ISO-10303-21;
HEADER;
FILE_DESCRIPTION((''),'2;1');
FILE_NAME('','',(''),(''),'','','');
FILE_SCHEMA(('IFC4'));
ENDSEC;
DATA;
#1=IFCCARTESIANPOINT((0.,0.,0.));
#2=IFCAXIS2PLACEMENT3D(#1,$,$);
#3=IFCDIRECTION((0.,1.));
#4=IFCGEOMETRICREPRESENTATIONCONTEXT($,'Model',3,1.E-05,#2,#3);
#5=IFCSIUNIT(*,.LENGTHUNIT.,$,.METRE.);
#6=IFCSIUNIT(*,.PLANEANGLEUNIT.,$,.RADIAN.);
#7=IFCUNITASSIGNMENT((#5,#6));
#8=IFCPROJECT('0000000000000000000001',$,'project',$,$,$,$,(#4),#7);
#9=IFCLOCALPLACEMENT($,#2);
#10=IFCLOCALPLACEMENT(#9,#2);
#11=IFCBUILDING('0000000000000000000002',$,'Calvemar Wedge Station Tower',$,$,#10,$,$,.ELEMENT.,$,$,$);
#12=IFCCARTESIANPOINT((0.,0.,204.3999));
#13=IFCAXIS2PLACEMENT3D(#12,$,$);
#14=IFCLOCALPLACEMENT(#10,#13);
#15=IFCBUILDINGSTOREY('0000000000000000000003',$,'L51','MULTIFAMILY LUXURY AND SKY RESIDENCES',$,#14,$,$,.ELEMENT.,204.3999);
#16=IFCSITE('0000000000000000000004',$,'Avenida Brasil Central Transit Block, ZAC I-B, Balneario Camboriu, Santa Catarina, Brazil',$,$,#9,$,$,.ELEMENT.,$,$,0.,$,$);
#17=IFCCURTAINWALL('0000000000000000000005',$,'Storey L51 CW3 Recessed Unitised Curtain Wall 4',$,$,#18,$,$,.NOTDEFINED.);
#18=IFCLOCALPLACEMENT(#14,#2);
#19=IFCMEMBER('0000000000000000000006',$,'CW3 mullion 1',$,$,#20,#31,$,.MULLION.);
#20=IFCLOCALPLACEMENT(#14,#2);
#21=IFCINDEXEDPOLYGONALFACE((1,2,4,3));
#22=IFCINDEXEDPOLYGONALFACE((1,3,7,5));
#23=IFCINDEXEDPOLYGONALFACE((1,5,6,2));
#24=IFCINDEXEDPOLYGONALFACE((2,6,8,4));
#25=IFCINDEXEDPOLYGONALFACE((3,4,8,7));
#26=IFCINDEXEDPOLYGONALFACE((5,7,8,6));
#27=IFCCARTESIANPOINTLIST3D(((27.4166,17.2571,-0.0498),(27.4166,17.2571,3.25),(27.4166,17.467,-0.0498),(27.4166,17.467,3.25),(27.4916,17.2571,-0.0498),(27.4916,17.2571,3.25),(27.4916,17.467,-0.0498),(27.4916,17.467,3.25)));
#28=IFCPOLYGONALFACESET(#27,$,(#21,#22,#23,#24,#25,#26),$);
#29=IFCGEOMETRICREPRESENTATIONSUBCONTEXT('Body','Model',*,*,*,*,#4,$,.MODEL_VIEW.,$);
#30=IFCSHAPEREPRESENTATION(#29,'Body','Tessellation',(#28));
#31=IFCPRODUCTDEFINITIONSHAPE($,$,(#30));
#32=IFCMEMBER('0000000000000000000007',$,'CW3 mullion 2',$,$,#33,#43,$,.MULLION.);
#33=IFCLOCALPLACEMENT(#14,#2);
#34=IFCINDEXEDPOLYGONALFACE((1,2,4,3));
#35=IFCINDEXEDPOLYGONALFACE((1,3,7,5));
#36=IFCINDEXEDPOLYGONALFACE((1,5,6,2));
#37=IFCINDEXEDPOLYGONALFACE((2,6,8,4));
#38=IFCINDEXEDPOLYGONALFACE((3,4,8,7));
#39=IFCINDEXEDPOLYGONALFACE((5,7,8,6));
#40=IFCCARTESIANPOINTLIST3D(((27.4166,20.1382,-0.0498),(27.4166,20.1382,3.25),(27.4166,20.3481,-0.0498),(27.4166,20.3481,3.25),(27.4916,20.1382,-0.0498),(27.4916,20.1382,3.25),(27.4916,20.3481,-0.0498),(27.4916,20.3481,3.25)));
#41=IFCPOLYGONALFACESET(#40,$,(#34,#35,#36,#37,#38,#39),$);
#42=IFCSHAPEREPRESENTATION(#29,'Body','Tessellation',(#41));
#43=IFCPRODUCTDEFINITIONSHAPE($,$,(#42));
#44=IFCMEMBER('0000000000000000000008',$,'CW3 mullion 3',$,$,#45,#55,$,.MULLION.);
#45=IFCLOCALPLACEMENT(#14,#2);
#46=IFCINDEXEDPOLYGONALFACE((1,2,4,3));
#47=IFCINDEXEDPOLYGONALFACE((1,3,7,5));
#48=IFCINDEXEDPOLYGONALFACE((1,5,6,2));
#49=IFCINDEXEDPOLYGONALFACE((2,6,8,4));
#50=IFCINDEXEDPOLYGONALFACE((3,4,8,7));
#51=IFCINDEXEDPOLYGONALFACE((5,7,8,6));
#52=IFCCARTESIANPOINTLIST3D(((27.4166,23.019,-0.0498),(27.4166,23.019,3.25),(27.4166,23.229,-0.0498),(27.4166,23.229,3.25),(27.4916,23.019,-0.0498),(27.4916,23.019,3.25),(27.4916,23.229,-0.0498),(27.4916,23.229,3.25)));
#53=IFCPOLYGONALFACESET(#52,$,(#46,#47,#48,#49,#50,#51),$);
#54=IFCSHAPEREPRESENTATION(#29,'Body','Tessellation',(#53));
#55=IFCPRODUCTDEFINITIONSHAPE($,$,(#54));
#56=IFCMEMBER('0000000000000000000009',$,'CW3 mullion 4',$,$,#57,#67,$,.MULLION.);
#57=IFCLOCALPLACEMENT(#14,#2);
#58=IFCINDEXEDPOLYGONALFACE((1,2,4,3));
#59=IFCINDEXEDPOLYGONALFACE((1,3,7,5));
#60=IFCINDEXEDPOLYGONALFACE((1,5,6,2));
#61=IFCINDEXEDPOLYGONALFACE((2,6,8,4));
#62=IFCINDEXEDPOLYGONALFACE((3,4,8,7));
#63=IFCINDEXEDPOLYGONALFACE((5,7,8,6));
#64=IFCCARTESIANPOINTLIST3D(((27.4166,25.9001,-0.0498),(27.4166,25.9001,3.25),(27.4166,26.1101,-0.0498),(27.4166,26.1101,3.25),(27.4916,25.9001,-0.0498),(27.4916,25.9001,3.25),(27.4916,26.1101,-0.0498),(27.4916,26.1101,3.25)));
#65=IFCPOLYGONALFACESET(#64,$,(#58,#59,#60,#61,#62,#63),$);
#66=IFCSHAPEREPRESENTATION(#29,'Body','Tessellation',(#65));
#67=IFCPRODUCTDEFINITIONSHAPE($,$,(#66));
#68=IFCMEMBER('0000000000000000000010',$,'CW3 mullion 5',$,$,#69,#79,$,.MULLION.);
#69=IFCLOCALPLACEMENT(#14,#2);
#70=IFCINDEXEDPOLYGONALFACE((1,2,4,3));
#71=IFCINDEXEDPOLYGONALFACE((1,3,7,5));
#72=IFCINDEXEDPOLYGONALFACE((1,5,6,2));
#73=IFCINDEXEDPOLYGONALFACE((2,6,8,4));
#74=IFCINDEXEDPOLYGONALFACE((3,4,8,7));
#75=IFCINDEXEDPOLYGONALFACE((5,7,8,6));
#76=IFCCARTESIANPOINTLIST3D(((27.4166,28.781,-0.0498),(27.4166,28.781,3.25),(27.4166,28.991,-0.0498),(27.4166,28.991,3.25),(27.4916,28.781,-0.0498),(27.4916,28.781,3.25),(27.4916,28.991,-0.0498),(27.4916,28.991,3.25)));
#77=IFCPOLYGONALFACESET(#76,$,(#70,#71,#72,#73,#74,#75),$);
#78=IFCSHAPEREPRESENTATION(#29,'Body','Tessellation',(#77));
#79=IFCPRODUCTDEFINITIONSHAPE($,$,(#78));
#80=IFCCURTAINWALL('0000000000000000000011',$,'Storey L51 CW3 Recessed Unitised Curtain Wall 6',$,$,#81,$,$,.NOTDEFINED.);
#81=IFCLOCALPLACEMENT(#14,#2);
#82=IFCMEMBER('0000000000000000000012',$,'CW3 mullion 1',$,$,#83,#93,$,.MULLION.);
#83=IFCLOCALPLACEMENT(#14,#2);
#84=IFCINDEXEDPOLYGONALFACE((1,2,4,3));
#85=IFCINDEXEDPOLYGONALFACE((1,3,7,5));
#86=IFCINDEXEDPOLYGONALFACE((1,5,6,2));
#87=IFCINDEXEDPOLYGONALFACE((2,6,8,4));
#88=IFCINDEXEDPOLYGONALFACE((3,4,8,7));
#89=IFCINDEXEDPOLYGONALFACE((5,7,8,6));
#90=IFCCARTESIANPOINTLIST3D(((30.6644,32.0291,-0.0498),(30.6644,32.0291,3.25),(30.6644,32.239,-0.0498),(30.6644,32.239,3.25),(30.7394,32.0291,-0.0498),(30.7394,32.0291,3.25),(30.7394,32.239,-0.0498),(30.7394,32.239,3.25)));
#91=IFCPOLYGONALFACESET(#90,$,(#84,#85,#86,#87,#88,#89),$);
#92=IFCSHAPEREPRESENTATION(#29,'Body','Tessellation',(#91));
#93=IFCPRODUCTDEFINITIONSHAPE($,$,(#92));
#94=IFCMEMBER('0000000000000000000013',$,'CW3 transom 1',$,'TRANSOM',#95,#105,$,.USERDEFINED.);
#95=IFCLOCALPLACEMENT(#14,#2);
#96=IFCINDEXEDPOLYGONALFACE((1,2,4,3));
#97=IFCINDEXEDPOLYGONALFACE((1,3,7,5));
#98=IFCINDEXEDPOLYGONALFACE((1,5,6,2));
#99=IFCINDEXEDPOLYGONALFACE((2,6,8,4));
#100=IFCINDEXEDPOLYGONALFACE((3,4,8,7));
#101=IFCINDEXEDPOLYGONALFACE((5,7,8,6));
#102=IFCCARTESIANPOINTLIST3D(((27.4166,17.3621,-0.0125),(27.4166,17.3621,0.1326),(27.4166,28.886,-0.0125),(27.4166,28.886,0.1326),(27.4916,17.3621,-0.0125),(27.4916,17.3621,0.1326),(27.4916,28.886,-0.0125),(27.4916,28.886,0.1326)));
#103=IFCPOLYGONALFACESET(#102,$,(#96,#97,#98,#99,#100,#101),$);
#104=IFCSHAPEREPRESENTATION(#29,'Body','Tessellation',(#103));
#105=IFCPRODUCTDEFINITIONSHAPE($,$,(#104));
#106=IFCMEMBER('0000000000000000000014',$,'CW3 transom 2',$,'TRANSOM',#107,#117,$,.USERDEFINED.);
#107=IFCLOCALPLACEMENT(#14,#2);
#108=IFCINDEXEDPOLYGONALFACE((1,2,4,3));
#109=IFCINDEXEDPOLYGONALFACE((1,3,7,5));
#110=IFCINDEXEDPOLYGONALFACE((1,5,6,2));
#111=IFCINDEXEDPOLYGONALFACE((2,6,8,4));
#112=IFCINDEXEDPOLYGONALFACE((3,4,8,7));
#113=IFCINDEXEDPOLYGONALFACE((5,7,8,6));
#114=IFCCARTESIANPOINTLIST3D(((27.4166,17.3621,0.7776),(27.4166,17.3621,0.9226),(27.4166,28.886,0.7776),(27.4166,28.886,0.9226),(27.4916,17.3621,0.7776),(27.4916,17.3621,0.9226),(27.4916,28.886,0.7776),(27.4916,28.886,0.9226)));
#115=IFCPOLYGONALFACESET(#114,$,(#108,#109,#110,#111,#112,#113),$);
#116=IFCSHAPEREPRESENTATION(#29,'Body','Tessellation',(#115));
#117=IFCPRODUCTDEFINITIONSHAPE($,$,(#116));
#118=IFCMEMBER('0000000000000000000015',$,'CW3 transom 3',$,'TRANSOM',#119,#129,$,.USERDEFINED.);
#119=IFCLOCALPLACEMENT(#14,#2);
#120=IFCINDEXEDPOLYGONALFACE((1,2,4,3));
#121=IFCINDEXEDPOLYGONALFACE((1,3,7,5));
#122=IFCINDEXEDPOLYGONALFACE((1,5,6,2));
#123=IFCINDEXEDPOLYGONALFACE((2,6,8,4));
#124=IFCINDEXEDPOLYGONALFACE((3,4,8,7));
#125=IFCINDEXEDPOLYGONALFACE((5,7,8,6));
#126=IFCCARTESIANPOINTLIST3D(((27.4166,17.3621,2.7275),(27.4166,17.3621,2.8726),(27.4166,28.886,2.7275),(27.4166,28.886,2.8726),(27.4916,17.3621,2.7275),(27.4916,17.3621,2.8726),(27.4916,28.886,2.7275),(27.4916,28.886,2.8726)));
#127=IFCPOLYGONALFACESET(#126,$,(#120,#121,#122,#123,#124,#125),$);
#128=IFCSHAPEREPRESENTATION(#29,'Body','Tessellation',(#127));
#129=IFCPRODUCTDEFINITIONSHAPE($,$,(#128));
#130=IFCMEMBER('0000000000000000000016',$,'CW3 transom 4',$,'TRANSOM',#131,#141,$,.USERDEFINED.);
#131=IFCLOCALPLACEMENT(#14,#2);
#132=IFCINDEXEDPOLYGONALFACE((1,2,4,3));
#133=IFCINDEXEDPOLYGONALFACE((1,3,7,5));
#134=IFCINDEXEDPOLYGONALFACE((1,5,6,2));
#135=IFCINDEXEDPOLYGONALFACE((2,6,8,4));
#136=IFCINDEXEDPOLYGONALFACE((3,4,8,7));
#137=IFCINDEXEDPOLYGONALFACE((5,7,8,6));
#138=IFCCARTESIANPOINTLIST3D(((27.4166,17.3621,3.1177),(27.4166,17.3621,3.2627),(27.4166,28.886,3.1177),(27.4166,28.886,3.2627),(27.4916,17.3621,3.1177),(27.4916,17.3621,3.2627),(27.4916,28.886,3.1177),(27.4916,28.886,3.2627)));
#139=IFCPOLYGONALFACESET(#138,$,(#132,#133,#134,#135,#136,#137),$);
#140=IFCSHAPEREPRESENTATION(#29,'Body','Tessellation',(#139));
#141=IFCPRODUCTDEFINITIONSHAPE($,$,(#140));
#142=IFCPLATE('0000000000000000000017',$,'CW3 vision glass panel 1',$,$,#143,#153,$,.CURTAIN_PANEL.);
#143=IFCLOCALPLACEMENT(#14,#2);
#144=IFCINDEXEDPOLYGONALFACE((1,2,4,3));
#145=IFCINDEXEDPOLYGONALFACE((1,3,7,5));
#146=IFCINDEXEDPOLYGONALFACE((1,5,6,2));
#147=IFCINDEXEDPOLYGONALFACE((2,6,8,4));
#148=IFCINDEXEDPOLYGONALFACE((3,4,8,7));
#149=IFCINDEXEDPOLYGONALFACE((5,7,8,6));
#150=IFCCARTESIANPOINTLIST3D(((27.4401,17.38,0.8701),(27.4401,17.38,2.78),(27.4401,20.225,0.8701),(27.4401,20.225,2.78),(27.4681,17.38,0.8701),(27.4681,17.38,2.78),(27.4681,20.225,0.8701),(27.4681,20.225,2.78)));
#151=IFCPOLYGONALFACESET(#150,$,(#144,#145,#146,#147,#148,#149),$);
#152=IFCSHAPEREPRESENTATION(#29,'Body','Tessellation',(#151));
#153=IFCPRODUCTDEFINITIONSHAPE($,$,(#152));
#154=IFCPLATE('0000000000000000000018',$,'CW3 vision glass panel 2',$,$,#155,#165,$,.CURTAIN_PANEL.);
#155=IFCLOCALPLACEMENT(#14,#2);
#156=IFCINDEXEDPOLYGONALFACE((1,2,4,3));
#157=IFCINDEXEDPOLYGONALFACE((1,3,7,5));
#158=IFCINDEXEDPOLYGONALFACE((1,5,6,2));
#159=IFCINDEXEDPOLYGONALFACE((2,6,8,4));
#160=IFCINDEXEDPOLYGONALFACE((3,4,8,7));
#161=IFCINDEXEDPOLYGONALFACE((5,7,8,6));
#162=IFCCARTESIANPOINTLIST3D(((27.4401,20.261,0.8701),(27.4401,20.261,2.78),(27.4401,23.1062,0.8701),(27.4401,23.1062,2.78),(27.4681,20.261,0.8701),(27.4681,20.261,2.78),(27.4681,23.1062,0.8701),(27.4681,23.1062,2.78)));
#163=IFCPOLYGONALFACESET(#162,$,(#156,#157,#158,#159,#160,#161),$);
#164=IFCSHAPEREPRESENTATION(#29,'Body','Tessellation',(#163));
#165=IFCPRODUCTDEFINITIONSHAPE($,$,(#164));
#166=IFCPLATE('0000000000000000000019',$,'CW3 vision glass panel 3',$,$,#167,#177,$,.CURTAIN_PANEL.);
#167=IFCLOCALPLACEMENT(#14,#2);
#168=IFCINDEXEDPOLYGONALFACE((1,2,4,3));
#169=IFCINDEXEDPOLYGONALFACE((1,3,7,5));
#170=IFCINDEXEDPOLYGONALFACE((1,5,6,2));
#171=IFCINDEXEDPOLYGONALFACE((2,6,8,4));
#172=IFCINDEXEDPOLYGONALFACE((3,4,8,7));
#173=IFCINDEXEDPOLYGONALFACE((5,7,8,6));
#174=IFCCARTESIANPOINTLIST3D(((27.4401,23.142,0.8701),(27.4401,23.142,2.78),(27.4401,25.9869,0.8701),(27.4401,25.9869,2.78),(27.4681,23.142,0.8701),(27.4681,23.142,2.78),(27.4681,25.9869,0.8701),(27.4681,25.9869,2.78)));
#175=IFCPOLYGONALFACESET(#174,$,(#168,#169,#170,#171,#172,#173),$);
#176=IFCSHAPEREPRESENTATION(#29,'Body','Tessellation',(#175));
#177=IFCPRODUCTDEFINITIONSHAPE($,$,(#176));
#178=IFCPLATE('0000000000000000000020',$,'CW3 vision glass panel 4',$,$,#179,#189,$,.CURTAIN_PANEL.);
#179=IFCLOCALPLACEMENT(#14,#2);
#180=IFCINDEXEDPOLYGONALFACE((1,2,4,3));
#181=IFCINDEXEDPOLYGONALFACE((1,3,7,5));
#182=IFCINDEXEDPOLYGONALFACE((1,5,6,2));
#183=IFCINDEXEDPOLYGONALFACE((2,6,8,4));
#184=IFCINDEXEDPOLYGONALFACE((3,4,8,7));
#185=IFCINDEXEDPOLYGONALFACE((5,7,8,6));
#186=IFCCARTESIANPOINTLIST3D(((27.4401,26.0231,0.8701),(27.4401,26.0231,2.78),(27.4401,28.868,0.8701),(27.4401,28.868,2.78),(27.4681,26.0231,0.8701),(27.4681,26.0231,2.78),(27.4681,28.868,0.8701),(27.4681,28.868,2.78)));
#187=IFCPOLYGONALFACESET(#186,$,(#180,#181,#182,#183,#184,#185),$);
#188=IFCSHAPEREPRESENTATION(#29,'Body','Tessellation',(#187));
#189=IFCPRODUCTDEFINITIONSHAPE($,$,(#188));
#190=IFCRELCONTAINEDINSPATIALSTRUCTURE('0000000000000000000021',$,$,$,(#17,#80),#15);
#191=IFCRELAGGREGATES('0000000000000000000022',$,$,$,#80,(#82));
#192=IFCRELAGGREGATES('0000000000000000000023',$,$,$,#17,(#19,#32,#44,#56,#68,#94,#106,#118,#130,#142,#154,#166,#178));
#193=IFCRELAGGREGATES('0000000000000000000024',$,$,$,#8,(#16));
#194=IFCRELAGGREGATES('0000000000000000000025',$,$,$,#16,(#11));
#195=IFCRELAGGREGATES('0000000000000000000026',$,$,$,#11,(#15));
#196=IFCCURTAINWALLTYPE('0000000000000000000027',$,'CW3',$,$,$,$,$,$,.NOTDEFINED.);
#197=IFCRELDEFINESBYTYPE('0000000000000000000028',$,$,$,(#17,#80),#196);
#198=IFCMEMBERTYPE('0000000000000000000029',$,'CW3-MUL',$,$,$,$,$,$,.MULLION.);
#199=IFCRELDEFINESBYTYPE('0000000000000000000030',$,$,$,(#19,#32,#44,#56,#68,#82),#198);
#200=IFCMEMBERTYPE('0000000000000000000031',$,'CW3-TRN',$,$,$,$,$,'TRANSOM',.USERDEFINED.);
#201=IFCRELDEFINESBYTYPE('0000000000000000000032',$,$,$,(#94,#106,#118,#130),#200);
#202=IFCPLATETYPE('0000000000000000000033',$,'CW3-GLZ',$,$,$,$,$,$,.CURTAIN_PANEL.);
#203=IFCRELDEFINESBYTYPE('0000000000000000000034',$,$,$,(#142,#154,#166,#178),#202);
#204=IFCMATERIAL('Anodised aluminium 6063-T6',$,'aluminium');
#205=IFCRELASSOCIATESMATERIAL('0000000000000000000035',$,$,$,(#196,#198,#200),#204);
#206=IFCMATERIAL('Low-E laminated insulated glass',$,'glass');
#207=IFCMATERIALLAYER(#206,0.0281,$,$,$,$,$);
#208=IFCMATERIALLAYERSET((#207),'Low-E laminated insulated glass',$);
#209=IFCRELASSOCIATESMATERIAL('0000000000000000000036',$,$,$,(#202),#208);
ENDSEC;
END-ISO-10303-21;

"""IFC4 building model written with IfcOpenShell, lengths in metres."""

from ifc_helpers import new_model, si_unit, direction, frame, frame_2d, origin, origin_2d, place, context, subcontext, project, spatial, rectangle, extrude, source, transform, mapped, material, layer, layer_set, material_profile, profile_set, type_object, element, aggregate, save


model = new_model("IFC4")

# Units and contexts
model_context = context("Model", 3, precision=1e-05, world=origin(), true_north=direction((0.0, 1.0)))
body_context = subcontext(model_context, "Body", "Model", "MODEL_VIEW")
ifc_project = project(units=[si_unit("LENGTHUNIT", "METRE"), si_unit("PLANEANGLEUNIT", "RADIAN")], contexts=[model_context])

# Site, building, storey
site_placement = place(None, origin())
site = spatial("IfcSite", under=ifc_project, at=site_placement, Name="Avenida Brasil Central Transit Block, ZAC I-B, Balneario Camboriu, Santa Catarina, Brazil", CompositionType="ELEMENT", RefElevation=0.0)
building_placement = place(site_placement, origin())
building = spatial("IfcBuilding", under=site, at=building_placement, Name="Calvemar Wedge Station Tower", CompositionType="ELEMENT")
storey_placement = place(building_placement, frame((0.0, 0.0, 204.3999)))
storey = spatial("IfcBuildingStorey", under=building, at=storey_placement, Name="L51", Description="MULTIFAMILY LUXURY AND SKY RESIDENCES", CompositionType="ELEMENT", Elevation=204.3999)

# Curtain wall, members
ifc_material_1 = material(Name="Anodised aluminium 6063-T6", Category="aluminium")
curtain_wall_type = type_object("IfcCurtainWallType", Name="CW3", PredefinedType="NOTDEFINED", material=ifc_material_1)
curtain_wall_1_placement = place(storey_placement, origin())
curtain_wall_1 = element("IfcCurtainWall", 1, at=curtain_wall_1_placement, inside=storey, type_object=curtain_wall_type, Name="Storey L51 CW3 Recessed Unitised Curtain Wall 4", PredefinedType="NOTDEFINED")
ifc_material_profile_1 = material_profile(ifc_material_1, rectangle(XDim=0.075, YDim=0.21, at=origin_2d()), Name="AL-MUL-75x210")
ifc_profile_set_1 = profile_set([ifc_material_profile_1], Name="Anodised aluminium 6063-T6")
member_type_1 = type_object("IfcMemberType", Name="CW3-MUL", PredefinedType="MULLION", material=ifc_profile_set_1)
shared_shape_1 = source(origin(), body_context, "Body", "SweptSolid", [
    extrude(rectangle(XDim=0.075, YDim=0.21, at=origin_2d()), origin(), (0.0, 0.0, 1.0), 3.2998),
])
member_1_placement = place(storey_placement, frame((27.4541, 17.3621, -0.0498), z_axis=(0.0, 0.0, 1.0), x_axis=(1.0, 0.0, 0.0)))
member_1 = element("IfcMember", 2, at=member_1_placement, type_object=member_type_1, Name="CW3 mullion 1", PredefinedType="MULLION", context=body_context, shape_type="MappedRepresentation", body=[
    mapped(shared_shape_1, transform((0.0, 0.0, 0.0), scale=1.0)),
])
member_2_placement = place(storey_placement, frame((27.4541, 20.2432, -0.0498), z_axis=(0.0, 0.0, 1.0), x_axis=(1.0, 0.0, 0.0)))
member_2 = element("IfcMember", 3, at=member_2_placement, type_object=member_type_1, Name="CW3 mullion 2", PredefinedType="MULLION", context=body_context, shape_type="MappedRepresentation", body=[
    mapped(shared_shape_1, transform((0.0, 0.0, 0.0), scale=1.0)),
])
member_3_placement = place(storey_placement, frame((27.4541, 23.124, -0.0498), z_axis=(0.0, 0.0, 1.0), x_axis=(1.0, 0.0, 0.0)))
member_3 = element("IfcMember", 4, at=member_3_placement, type_object=member_type_1, Name="CW3 mullion 3", PredefinedType="MULLION", context=body_context, shape_type="MappedRepresentation", body=[
    mapped(shared_shape_1, transform((0.0, 0.0, 0.0), scale=1.0)),
])
member_4_placement = place(storey_placement, frame((27.4541, 26.0051, -0.0498), z_axis=(0.0, 0.0, 1.0), x_axis=(1.0, 0.0, 0.0)))
member_4 = element("IfcMember", 5, at=member_4_placement, type_object=member_type_1, Name="CW3 mullion 4", PredefinedType="MULLION", context=body_context, shape_type="MappedRepresentation", body=[
    mapped(shared_shape_1, transform((0.0, 0.0, 0.0), scale=1.0)),
])
member_5_placement = place(storey_placement, frame((27.4541, 28.886, -0.0498), z_axis=(0.0, 0.0, 1.0), x_axis=(1.0, 0.0, 0.0)))
member_5 = element("IfcMember", 6, at=member_5_placement, type_object=member_type_1, Name="CW3 mullion 5", PredefinedType="MULLION", context=body_context, shape_type="MappedRepresentation", body=[
    mapped(shared_shape_1, transform((0.0, 0.0, 0.0), scale=1.0)),
])

# Curtain wall, member
curtain_wall_2_placement = place(storey_placement, origin())
curtain_wall_2 = element("IfcCurtainWall", 7, at=curtain_wall_2_placement, inside=storey, type_object=curtain_wall_type, Name="Storey L51 CW3 Recessed Unitised Curtain Wall 6", PredefinedType="NOTDEFINED")
member_6_placement = place(storey_placement, frame((30.7019, 32.134, -0.0498), z_axis=(0.0, 0.0, 1.0), x_axis=(1.0, 0.0, 0.0)))
member_6 = element("IfcMember", 8, at=member_6_placement, type_object=member_type_1, Name="CW3 mullion 1", PredefinedType="MULLION", context=body_context, shape_type="MappedRepresentation", body=[
    mapped(shared_shape_1, transform((0.0, 0.0, 0.0), scale=1.0)),
])
aggregate(curtain_wall_2, [member_6])

# Members
ifc_material_profile_2 = material_profile(ifc_material_1, rectangle(XDim=0.075, YDim=0.145, at=origin_2d()), Name="AL-TRN-75x145")
ifc_profile_set_2 = profile_set([ifc_material_profile_2], Name="Anodised aluminium 6063-T6")
member_type_2 = type_object("IfcMemberType", Name="CW3-TRN", ElementType="TRANSOM", PredefinedType="USERDEFINED", material=ifc_profile_set_2)
shared_shape_2 = source(origin(), body_context, "Body", "SweptSolid", [
    extrude(rectangle(XDim=0.075, YDim=0.145, at=origin_2d()), origin(), (0.0, 0.0, 1.0), 11.5239),
])
member_7_placement = place(storey_placement, frame((27.4541, 17.3621, 0.0601), z_axis=(0.0, 1.0, 0.0), x_axis=(-1.0, 0.0, 0.0)))
member_7 = element("IfcMember", 9, at=member_7_placement, type_object=member_type_2, Name="CW3 transom 1", ObjectType="TRANSOM", PredefinedType="USERDEFINED", context=body_context, shape_type="MappedRepresentation", body=[
    mapped(shared_shape_2, transform((0.0, 0.0, 0.0), scale=1.0)),
])
member_8_placement = place(storey_placement, frame((27.4541, 17.3621, 0.8501), z_axis=(0.0, 1.0, 0.0), x_axis=(-1.0, 0.0, 0.0)))
member_8 = element("IfcMember", 10, at=member_8_placement, type_object=member_type_2, Name="CW3 transom 2", ObjectType="TRANSOM", PredefinedType="USERDEFINED", context=body_context, shape_type="MappedRepresentation", body=[
    mapped(shared_shape_2, transform((0.0, 0.0, 0.0), scale=1.0)),
])
member_9_placement = place(storey_placement, frame((27.4541, 17.3621, 2.8), z_axis=(0.0, 1.0, 0.0), x_axis=(-1.0, 0.0, 0.0)))
member_9 = element("IfcMember", 11, at=member_9_placement, type_object=member_type_2, Name="CW3 transom 3", ObjectType="TRANSOM", PredefinedType="USERDEFINED", context=body_context, shape_type="MappedRepresentation", body=[
    mapped(shared_shape_2, transform((0.0, 0.0, 0.0), scale=1.0)),
])
member_10_placement = place(storey_placement, frame((27.4541, 17.3621, 3.1902), z_axis=(0.0, 1.0, 0.0), x_axis=(-1.0, 0.0, 0.0)))
member_10 = element("IfcMember", 12, at=member_10_placement, type_object=member_type_2, Name="CW3 transom 4", ObjectType="TRANSOM", PredefinedType="USERDEFINED", context=body_context, shape_type="MappedRepresentation", body=[
    mapped(shared_shape_2, transform((0.0, 0.0, 0.0), scale=1.0)),
])

# Plates
ifc_material_2 = material(Name="Low-E laminated insulated glass", Category="glass")
ifc_layer_1 = layer(ifc_material_2, 0.0281)
ifc_layer_set_1 = layer_set([ifc_layer_1], Name="Low-E laminated insulated glass")
plate_type_1 = type_object("IfcPlateType", Name="CW3-GLZ", PredefinedType="CURTAIN_PANEL", material=ifc_layer_set_1)
plate_1_placement = place(storey_placement, frame((27.4541, 17.3801, 0.8701), z_axis=(0.0, 0.0, 1.0), x_axis=(0.0, 1.0, 0.0)))
plate_1 = element("IfcPlate", 13, at=plate_1_placement, type_object=plate_type_1, Name="CW3 vision glass panel 1", PredefinedType="CURTAIN_PANEL", context=body_context, shape_type="SweptSolid", body=[
    extrude(rectangle(XDim=2.845, YDim=0.0281, at=frame_2d((1.4224, 0.0))), origin(), (0.0, 0.0, 1.0), 1.9099),
])
plate_2_placement = place(storey_placement, frame((27.4541, 20.261, 0.8701), z_axis=(0.0, 0.0, 1.0), x_axis=(0.0, 1.0, 0.0)))
plate_2 = element("IfcPlate", 14, at=plate_2_placement, type_object=plate_type_1, Name="CW3 vision glass panel 2", PredefinedType="CURTAIN_PANEL", context=body_context, shape_type="SweptSolid", body=[
    extrude(rectangle(XDim=2.8452, YDim=0.0281, at=frame_2d((1.4226, 0.0))), origin(), (0.0, 0.0, 1.0), 1.9099),
])
plate_3_placement = place(storey_placement, frame((27.4541, 23.1421, 0.8701), z_axis=(0.0, 0.0, 1.0), x_axis=(0.0, 1.0, 0.0)))
plate_3 = element("IfcPlate", 15, at=plate_3_placement, type_object=plate_type_1, Name="CW3 vision glass panel 3", PredefinedType="CURTAIN_PANEL", context=body_context, shape_type="SweptSolid", body=[
    extrude(rectangle(XDim=2.845, YDim=0.0281, at=frame_2d((1.4224, 0.0))), origin(), (0.0, 0.0, 1.0), 1.9099),
])
plate_4_placement = place(storey_placement, frame((27.4541, 26.0232, 0.8701), z_axis=(0.0, 0.0, 1.0), x_axis=(0.0, 1.0, 0.0)))
plate_4 = element("IfcPlate", 16, at=plate_4_placement, type_object=plate_type_1, Name="CW3 vision glass panel 4", PredefinedType="CURTAIN_PANEL", context=body_context, shape_type="SweptSolid", body=[
    extrude(rectangle(XDim=2.845, YDim=0.0281, at=frame_2d((1.4224, 0.0))), origin(), (0.0, 0.0, 1.0), 1.9099),
])
aggregate(curtain_wall_1, [member_1, member_2, member_3, member_4, member_5, member_7, member_8, member_9, member_10, plate_1, plate_2, plate_3, plate_4])

save(model, "model.ifc")
